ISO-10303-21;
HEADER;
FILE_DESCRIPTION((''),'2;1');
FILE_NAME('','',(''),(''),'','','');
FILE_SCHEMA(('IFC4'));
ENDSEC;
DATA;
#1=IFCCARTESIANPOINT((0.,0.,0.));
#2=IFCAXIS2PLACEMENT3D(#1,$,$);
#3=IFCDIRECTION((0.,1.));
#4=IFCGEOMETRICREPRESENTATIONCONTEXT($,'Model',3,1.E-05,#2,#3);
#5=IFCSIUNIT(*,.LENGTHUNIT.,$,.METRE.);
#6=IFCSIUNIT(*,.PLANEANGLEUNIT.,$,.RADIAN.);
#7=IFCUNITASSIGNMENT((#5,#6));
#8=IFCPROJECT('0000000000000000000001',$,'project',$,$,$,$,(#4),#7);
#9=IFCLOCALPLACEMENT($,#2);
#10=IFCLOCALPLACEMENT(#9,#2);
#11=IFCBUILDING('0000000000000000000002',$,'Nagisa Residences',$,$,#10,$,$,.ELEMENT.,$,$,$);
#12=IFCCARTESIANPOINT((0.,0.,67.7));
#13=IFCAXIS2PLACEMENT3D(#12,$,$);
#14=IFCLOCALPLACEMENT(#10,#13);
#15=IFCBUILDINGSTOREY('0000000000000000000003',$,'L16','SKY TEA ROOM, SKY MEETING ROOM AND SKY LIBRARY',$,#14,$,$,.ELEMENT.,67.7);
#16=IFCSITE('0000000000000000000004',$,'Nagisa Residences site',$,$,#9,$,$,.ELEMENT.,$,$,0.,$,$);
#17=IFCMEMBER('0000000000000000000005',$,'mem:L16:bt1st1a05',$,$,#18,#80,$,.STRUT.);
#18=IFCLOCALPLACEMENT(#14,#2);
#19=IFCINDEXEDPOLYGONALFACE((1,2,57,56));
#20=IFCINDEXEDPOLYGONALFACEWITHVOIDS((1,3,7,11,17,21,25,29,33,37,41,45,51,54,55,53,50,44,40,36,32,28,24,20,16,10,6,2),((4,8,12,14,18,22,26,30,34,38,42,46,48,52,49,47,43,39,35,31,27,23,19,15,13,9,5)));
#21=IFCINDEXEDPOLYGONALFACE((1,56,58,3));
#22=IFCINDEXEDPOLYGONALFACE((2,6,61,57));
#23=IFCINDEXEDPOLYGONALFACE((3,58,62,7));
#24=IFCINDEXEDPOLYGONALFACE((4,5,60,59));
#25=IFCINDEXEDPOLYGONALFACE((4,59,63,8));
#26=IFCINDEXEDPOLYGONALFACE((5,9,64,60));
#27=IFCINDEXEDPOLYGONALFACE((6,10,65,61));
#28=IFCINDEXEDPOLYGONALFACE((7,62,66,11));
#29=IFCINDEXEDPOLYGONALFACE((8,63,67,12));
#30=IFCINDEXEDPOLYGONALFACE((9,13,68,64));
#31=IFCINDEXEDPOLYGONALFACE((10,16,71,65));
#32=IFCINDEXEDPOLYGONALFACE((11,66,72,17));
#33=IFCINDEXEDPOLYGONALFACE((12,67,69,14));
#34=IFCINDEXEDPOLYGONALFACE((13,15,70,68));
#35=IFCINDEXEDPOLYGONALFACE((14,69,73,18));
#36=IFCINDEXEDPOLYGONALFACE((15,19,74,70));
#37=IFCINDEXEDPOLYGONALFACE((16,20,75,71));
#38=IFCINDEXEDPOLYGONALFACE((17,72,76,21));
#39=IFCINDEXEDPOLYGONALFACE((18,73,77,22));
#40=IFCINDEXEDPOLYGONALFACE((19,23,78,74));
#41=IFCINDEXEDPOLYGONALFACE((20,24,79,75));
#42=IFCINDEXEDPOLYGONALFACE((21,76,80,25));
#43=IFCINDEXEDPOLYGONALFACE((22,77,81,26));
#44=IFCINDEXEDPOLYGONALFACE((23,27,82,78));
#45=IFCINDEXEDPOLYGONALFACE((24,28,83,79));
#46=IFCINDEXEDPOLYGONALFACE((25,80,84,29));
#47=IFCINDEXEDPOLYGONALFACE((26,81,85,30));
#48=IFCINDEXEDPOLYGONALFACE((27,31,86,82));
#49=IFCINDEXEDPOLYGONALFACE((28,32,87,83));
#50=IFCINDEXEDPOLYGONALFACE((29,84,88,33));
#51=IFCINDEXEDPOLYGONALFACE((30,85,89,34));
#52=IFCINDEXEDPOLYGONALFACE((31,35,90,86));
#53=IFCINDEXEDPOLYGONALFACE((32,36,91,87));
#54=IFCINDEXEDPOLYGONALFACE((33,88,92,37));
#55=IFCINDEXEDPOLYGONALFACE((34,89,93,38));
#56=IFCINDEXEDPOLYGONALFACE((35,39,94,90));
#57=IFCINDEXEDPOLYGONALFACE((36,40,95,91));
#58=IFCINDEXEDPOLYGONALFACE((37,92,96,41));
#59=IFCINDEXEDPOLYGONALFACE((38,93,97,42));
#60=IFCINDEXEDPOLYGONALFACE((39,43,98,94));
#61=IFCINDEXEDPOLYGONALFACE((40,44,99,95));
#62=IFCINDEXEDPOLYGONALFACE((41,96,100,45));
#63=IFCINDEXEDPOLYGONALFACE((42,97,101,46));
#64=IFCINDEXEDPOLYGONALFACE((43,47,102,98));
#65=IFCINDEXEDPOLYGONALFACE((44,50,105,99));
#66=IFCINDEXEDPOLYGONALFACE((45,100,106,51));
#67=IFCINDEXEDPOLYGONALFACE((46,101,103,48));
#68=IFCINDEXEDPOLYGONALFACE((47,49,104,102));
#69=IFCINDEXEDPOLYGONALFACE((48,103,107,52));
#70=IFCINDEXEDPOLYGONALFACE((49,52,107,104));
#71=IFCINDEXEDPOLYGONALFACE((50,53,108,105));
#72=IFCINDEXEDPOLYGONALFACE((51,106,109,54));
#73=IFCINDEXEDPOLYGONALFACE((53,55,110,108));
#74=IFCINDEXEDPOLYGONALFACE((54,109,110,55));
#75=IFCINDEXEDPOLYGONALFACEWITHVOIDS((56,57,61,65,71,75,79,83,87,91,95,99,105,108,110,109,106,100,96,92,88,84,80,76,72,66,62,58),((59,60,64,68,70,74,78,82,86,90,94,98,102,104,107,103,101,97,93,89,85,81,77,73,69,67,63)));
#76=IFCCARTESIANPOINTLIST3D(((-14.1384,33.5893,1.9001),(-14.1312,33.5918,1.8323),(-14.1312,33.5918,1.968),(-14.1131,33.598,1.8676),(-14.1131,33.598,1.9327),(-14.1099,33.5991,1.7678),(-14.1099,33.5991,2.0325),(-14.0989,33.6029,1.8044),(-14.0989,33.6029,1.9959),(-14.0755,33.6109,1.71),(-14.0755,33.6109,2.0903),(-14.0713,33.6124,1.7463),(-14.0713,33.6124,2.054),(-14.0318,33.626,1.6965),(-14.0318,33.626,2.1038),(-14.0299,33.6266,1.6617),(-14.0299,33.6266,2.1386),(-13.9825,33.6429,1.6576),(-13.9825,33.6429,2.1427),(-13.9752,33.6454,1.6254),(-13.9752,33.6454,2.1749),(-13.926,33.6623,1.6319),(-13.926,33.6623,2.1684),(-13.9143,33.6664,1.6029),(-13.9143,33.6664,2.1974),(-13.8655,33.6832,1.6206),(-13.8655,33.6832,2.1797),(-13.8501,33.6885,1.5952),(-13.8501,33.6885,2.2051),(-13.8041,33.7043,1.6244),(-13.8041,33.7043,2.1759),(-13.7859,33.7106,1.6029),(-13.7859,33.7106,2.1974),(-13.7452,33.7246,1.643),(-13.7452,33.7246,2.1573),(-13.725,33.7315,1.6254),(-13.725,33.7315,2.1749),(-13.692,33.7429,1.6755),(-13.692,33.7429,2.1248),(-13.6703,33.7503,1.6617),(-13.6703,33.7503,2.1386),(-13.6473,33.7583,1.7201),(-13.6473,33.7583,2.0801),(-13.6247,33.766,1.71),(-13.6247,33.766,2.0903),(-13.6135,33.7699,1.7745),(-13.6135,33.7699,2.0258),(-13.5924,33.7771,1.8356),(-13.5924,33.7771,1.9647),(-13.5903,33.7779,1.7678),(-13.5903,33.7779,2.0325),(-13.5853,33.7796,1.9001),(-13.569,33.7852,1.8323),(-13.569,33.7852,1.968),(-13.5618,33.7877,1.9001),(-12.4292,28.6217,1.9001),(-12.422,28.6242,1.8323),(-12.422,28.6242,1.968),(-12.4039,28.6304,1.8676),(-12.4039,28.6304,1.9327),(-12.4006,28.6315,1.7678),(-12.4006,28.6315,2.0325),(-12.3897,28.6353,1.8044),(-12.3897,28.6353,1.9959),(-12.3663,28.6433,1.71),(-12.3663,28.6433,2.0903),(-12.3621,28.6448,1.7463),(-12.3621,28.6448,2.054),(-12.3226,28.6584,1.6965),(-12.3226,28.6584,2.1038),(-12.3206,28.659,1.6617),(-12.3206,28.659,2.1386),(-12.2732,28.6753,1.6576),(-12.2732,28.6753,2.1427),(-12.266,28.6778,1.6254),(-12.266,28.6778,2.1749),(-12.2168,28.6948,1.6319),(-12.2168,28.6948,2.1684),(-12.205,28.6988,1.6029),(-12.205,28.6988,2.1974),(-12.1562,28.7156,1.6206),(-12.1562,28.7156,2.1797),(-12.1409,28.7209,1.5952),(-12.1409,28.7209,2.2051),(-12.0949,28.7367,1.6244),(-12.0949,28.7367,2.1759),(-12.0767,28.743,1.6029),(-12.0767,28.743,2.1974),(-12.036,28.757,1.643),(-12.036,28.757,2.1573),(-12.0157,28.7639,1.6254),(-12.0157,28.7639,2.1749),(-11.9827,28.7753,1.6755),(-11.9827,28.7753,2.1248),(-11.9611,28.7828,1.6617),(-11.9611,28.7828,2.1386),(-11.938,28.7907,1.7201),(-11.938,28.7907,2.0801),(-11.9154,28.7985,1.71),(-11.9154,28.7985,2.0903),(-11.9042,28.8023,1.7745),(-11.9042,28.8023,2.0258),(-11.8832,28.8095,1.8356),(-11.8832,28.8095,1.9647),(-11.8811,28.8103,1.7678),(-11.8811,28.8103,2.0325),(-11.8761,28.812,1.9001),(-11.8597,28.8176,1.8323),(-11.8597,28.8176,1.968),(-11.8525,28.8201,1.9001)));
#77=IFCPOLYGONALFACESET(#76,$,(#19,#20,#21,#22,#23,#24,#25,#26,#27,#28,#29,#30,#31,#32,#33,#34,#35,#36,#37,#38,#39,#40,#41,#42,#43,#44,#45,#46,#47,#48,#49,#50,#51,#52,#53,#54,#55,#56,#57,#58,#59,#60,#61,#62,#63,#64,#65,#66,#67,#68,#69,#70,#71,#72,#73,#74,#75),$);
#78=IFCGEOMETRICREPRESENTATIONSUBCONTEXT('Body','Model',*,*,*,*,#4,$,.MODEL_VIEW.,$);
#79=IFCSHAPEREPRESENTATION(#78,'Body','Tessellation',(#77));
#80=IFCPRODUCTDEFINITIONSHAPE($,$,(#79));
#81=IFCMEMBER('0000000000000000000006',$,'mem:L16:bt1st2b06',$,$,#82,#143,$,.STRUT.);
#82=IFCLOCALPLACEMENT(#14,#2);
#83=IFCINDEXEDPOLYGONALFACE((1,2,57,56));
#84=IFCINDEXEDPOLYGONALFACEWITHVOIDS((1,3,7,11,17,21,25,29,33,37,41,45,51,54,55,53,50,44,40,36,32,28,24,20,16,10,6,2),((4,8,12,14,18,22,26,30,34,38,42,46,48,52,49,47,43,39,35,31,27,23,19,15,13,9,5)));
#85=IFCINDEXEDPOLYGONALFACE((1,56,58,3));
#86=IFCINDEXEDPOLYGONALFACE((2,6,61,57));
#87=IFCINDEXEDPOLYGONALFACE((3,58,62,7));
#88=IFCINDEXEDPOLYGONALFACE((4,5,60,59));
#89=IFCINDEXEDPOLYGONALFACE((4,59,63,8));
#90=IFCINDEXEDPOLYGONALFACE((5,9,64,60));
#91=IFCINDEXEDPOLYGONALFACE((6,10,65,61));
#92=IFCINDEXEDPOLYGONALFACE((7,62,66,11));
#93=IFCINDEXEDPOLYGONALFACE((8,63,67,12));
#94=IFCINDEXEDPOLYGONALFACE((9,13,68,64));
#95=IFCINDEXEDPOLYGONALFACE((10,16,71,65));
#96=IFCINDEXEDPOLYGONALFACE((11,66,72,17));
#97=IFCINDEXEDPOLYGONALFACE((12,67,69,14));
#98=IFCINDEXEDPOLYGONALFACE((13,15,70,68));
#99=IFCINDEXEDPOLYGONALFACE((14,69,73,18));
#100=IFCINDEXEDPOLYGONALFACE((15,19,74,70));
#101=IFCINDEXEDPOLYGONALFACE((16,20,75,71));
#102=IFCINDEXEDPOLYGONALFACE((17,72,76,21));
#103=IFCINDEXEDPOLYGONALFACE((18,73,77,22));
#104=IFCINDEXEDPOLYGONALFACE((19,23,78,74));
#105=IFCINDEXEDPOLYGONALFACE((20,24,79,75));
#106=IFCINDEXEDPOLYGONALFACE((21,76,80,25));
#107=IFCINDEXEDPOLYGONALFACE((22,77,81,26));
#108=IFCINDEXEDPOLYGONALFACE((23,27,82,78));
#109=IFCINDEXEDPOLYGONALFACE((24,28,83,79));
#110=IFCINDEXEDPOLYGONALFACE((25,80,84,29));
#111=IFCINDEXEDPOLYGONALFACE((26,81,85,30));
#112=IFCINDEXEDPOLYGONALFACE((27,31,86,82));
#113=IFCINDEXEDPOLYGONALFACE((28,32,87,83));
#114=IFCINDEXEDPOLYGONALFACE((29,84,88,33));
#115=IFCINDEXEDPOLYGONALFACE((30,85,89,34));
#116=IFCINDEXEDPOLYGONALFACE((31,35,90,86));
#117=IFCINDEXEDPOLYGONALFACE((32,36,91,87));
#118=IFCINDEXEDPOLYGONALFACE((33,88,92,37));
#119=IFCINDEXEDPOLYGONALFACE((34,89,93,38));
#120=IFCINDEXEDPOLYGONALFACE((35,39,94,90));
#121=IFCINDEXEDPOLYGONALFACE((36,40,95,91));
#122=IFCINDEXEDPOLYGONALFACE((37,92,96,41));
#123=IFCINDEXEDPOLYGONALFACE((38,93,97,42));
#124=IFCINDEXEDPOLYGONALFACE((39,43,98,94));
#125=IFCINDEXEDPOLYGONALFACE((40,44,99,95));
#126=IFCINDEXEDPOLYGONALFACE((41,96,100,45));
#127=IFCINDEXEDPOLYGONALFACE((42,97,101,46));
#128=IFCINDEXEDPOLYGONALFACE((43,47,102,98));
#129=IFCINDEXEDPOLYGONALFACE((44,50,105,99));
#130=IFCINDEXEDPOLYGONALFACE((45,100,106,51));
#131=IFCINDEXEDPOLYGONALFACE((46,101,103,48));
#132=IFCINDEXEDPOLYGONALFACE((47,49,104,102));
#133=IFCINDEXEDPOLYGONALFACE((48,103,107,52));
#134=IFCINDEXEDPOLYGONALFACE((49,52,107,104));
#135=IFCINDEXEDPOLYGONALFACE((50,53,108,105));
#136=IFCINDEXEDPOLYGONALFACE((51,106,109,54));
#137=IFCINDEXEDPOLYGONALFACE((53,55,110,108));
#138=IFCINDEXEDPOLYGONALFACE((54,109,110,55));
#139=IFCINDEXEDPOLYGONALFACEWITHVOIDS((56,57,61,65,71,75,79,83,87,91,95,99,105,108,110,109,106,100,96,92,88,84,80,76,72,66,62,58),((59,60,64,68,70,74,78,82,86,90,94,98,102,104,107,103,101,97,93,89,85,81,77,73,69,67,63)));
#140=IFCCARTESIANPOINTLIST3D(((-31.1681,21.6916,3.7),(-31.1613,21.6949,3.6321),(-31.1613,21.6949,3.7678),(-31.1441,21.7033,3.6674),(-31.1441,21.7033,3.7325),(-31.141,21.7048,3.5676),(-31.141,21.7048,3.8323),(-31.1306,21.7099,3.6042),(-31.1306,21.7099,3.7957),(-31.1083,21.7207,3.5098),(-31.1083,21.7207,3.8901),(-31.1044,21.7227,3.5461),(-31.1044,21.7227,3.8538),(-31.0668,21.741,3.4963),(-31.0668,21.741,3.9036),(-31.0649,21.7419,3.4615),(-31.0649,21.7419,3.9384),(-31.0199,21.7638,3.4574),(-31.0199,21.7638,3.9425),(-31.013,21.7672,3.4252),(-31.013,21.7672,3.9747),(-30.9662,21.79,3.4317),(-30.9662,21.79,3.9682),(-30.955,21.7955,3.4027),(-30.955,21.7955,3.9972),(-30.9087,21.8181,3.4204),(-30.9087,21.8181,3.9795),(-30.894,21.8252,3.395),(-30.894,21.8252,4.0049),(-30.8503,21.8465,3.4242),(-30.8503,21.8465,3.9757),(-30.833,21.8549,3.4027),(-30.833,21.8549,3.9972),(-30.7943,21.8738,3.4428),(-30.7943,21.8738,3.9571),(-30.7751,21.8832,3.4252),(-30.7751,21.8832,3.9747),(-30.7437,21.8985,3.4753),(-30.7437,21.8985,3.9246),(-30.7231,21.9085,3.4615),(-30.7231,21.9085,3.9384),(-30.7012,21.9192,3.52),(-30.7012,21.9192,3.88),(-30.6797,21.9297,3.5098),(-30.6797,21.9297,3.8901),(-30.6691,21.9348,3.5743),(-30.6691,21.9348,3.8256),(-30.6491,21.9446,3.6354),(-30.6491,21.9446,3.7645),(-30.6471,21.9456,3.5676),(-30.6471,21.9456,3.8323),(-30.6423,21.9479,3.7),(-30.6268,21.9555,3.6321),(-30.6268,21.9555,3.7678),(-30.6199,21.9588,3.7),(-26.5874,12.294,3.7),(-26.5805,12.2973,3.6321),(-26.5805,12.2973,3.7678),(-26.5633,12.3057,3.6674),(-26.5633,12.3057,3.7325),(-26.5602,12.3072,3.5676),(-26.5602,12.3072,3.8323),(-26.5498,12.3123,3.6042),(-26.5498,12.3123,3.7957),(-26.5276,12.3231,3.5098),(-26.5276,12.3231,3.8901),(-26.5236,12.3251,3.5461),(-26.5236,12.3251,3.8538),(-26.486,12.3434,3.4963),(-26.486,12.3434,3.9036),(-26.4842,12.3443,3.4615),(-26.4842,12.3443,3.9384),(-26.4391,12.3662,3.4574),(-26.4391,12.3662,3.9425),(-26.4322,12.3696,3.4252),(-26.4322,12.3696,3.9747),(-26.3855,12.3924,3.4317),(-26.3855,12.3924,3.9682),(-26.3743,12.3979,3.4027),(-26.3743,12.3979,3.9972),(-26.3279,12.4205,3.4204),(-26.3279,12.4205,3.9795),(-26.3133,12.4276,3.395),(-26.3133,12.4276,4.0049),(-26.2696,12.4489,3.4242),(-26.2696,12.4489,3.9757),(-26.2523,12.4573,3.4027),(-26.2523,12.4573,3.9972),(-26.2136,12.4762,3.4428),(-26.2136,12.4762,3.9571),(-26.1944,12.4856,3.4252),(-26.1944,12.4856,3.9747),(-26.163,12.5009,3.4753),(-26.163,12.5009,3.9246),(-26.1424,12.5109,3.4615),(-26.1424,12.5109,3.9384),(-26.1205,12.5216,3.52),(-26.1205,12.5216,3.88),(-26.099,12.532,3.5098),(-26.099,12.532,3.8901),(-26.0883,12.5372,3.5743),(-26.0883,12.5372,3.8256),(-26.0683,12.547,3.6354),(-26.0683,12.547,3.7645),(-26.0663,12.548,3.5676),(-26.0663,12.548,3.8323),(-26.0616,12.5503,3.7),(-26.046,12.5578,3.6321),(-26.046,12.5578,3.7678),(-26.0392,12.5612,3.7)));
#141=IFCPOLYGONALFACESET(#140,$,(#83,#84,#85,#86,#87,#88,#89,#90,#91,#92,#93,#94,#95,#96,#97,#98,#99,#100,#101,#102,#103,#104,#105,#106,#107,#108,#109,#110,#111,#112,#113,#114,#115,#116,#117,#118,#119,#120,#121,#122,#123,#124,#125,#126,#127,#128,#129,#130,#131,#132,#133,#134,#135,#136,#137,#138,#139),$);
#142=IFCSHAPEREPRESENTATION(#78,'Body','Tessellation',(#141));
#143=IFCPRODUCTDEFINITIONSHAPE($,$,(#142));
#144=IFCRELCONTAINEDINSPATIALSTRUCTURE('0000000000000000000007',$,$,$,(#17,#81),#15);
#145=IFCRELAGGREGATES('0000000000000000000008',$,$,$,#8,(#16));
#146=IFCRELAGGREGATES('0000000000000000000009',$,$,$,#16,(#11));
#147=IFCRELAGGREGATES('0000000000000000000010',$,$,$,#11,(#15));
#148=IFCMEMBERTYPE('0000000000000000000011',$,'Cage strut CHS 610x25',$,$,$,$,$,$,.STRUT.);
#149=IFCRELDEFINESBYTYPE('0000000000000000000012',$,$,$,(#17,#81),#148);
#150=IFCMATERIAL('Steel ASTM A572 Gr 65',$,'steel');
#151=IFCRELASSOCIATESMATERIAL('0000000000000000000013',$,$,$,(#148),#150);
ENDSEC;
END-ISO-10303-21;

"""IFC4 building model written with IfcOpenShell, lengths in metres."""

from ifc_helpers import new_model, si_unit, direction, frame, origin, origin_2d, place, context, subcontext, project, spatial, hollow_circle, extrude, material, material_profile, profile_set, type_object, element, save


model = new_model("IFC4")

# Units and contexts
model_context = context("Model", 3, precision=1e-05, world=origin(), true_north=direction((0.0, 1.0)))
body_context = subcontext(model_context, "Body", "Model", "MODEL_VIEW")
ifc_project = project(units=[si_unit("LENGTHUNIT", "METRE"), si_unit("PLANEANGLEUNIT", "RADIAN")], contexts=[model_context])

# Site, building, storey
site_placement = place(None, origin())
site = spatial("IfcSite", under=ifc_project, at=site_placement, Name="Nagisa Residences site", CompositionType="ELEMENT", RefElevation=0.0)
building_placement = place(site_placement, origin())
building = spatial("IfcBuilding", under=site, at=building_placement, Name="Nagisa Residences", CompositionType="ELEMENT")
storey_placement = place(building_placement, frame((0.0, 0.0, 67.7)))
storey = spatial("IfcBuildingStorey", under=building, at=storey_placement, Name="L16", Description="SKY TEA ROOM, SKY MEETING ROOM AND SKY LIBRARY", CompositionType="ELEMENT", Elevation=67.7)

# Members
ifc_material_1 = material(Name="Steel ASTM A572 Gr 65", Category="steel")
ifc_material_profile_1 = material_profile(ifc_material_1, hollow_circle(Radius=0.3049, WallThickness=0.0249, at=origin_2d()), Name="CHS 610x25")
ifc_profile_set_1 = profile_set([ifc_material_profile_1], Name="Steel ASTM A572 Gr 65")
member_type_1 = type_object("IfcMemberType", Name="Cage strut CHS 610x25", PredefinedType="STRUT", material=ifc_profile_set_1)
member_1_placement = place(storey_placement, frame((-13.8501, 33.6885, 1.9001), z_axis=(0.325359, -0.945591, 0.0), x_axis=(0.945591, 0.325359, 0.0)))
element("IfcMember", 1, at=member_1_placement, inside=storey, type_object=member_type_1, Name="mem:L16:bt1st1a05", PredefinedType="STRUT", context=body_context, shape_type="SweptSolid", body=[
    extrude(hollow_circle(Radius=0.3049, WallThickness=0.0249, at=origin_2d()), origin(), (0.0, 0.0, 1.0), 5.2534),
])
member_2_placement = place(storey_placement, frame((-30.894, 21.8252, 3.7), z_axis=(0.438158, -0.898898, 0.0), x_axis=(0.898898, 0.438158, 0.0)))
element("IfcMember", 2, at=member_2_placement, inside=storey, type_object=member_type_1, Name="mem:L16:bt1st2b06", PredefinedType="STRUT", context=body_context, shape_type="SweptSolid", body=[
    extrude(hollow_circle(Radius=0.3049, WallThickness=0.0249, at=origin_2d()), origin(), (0.0, 0.0, 1.0), 10.4546),
])

save(model, "model.ifc")
